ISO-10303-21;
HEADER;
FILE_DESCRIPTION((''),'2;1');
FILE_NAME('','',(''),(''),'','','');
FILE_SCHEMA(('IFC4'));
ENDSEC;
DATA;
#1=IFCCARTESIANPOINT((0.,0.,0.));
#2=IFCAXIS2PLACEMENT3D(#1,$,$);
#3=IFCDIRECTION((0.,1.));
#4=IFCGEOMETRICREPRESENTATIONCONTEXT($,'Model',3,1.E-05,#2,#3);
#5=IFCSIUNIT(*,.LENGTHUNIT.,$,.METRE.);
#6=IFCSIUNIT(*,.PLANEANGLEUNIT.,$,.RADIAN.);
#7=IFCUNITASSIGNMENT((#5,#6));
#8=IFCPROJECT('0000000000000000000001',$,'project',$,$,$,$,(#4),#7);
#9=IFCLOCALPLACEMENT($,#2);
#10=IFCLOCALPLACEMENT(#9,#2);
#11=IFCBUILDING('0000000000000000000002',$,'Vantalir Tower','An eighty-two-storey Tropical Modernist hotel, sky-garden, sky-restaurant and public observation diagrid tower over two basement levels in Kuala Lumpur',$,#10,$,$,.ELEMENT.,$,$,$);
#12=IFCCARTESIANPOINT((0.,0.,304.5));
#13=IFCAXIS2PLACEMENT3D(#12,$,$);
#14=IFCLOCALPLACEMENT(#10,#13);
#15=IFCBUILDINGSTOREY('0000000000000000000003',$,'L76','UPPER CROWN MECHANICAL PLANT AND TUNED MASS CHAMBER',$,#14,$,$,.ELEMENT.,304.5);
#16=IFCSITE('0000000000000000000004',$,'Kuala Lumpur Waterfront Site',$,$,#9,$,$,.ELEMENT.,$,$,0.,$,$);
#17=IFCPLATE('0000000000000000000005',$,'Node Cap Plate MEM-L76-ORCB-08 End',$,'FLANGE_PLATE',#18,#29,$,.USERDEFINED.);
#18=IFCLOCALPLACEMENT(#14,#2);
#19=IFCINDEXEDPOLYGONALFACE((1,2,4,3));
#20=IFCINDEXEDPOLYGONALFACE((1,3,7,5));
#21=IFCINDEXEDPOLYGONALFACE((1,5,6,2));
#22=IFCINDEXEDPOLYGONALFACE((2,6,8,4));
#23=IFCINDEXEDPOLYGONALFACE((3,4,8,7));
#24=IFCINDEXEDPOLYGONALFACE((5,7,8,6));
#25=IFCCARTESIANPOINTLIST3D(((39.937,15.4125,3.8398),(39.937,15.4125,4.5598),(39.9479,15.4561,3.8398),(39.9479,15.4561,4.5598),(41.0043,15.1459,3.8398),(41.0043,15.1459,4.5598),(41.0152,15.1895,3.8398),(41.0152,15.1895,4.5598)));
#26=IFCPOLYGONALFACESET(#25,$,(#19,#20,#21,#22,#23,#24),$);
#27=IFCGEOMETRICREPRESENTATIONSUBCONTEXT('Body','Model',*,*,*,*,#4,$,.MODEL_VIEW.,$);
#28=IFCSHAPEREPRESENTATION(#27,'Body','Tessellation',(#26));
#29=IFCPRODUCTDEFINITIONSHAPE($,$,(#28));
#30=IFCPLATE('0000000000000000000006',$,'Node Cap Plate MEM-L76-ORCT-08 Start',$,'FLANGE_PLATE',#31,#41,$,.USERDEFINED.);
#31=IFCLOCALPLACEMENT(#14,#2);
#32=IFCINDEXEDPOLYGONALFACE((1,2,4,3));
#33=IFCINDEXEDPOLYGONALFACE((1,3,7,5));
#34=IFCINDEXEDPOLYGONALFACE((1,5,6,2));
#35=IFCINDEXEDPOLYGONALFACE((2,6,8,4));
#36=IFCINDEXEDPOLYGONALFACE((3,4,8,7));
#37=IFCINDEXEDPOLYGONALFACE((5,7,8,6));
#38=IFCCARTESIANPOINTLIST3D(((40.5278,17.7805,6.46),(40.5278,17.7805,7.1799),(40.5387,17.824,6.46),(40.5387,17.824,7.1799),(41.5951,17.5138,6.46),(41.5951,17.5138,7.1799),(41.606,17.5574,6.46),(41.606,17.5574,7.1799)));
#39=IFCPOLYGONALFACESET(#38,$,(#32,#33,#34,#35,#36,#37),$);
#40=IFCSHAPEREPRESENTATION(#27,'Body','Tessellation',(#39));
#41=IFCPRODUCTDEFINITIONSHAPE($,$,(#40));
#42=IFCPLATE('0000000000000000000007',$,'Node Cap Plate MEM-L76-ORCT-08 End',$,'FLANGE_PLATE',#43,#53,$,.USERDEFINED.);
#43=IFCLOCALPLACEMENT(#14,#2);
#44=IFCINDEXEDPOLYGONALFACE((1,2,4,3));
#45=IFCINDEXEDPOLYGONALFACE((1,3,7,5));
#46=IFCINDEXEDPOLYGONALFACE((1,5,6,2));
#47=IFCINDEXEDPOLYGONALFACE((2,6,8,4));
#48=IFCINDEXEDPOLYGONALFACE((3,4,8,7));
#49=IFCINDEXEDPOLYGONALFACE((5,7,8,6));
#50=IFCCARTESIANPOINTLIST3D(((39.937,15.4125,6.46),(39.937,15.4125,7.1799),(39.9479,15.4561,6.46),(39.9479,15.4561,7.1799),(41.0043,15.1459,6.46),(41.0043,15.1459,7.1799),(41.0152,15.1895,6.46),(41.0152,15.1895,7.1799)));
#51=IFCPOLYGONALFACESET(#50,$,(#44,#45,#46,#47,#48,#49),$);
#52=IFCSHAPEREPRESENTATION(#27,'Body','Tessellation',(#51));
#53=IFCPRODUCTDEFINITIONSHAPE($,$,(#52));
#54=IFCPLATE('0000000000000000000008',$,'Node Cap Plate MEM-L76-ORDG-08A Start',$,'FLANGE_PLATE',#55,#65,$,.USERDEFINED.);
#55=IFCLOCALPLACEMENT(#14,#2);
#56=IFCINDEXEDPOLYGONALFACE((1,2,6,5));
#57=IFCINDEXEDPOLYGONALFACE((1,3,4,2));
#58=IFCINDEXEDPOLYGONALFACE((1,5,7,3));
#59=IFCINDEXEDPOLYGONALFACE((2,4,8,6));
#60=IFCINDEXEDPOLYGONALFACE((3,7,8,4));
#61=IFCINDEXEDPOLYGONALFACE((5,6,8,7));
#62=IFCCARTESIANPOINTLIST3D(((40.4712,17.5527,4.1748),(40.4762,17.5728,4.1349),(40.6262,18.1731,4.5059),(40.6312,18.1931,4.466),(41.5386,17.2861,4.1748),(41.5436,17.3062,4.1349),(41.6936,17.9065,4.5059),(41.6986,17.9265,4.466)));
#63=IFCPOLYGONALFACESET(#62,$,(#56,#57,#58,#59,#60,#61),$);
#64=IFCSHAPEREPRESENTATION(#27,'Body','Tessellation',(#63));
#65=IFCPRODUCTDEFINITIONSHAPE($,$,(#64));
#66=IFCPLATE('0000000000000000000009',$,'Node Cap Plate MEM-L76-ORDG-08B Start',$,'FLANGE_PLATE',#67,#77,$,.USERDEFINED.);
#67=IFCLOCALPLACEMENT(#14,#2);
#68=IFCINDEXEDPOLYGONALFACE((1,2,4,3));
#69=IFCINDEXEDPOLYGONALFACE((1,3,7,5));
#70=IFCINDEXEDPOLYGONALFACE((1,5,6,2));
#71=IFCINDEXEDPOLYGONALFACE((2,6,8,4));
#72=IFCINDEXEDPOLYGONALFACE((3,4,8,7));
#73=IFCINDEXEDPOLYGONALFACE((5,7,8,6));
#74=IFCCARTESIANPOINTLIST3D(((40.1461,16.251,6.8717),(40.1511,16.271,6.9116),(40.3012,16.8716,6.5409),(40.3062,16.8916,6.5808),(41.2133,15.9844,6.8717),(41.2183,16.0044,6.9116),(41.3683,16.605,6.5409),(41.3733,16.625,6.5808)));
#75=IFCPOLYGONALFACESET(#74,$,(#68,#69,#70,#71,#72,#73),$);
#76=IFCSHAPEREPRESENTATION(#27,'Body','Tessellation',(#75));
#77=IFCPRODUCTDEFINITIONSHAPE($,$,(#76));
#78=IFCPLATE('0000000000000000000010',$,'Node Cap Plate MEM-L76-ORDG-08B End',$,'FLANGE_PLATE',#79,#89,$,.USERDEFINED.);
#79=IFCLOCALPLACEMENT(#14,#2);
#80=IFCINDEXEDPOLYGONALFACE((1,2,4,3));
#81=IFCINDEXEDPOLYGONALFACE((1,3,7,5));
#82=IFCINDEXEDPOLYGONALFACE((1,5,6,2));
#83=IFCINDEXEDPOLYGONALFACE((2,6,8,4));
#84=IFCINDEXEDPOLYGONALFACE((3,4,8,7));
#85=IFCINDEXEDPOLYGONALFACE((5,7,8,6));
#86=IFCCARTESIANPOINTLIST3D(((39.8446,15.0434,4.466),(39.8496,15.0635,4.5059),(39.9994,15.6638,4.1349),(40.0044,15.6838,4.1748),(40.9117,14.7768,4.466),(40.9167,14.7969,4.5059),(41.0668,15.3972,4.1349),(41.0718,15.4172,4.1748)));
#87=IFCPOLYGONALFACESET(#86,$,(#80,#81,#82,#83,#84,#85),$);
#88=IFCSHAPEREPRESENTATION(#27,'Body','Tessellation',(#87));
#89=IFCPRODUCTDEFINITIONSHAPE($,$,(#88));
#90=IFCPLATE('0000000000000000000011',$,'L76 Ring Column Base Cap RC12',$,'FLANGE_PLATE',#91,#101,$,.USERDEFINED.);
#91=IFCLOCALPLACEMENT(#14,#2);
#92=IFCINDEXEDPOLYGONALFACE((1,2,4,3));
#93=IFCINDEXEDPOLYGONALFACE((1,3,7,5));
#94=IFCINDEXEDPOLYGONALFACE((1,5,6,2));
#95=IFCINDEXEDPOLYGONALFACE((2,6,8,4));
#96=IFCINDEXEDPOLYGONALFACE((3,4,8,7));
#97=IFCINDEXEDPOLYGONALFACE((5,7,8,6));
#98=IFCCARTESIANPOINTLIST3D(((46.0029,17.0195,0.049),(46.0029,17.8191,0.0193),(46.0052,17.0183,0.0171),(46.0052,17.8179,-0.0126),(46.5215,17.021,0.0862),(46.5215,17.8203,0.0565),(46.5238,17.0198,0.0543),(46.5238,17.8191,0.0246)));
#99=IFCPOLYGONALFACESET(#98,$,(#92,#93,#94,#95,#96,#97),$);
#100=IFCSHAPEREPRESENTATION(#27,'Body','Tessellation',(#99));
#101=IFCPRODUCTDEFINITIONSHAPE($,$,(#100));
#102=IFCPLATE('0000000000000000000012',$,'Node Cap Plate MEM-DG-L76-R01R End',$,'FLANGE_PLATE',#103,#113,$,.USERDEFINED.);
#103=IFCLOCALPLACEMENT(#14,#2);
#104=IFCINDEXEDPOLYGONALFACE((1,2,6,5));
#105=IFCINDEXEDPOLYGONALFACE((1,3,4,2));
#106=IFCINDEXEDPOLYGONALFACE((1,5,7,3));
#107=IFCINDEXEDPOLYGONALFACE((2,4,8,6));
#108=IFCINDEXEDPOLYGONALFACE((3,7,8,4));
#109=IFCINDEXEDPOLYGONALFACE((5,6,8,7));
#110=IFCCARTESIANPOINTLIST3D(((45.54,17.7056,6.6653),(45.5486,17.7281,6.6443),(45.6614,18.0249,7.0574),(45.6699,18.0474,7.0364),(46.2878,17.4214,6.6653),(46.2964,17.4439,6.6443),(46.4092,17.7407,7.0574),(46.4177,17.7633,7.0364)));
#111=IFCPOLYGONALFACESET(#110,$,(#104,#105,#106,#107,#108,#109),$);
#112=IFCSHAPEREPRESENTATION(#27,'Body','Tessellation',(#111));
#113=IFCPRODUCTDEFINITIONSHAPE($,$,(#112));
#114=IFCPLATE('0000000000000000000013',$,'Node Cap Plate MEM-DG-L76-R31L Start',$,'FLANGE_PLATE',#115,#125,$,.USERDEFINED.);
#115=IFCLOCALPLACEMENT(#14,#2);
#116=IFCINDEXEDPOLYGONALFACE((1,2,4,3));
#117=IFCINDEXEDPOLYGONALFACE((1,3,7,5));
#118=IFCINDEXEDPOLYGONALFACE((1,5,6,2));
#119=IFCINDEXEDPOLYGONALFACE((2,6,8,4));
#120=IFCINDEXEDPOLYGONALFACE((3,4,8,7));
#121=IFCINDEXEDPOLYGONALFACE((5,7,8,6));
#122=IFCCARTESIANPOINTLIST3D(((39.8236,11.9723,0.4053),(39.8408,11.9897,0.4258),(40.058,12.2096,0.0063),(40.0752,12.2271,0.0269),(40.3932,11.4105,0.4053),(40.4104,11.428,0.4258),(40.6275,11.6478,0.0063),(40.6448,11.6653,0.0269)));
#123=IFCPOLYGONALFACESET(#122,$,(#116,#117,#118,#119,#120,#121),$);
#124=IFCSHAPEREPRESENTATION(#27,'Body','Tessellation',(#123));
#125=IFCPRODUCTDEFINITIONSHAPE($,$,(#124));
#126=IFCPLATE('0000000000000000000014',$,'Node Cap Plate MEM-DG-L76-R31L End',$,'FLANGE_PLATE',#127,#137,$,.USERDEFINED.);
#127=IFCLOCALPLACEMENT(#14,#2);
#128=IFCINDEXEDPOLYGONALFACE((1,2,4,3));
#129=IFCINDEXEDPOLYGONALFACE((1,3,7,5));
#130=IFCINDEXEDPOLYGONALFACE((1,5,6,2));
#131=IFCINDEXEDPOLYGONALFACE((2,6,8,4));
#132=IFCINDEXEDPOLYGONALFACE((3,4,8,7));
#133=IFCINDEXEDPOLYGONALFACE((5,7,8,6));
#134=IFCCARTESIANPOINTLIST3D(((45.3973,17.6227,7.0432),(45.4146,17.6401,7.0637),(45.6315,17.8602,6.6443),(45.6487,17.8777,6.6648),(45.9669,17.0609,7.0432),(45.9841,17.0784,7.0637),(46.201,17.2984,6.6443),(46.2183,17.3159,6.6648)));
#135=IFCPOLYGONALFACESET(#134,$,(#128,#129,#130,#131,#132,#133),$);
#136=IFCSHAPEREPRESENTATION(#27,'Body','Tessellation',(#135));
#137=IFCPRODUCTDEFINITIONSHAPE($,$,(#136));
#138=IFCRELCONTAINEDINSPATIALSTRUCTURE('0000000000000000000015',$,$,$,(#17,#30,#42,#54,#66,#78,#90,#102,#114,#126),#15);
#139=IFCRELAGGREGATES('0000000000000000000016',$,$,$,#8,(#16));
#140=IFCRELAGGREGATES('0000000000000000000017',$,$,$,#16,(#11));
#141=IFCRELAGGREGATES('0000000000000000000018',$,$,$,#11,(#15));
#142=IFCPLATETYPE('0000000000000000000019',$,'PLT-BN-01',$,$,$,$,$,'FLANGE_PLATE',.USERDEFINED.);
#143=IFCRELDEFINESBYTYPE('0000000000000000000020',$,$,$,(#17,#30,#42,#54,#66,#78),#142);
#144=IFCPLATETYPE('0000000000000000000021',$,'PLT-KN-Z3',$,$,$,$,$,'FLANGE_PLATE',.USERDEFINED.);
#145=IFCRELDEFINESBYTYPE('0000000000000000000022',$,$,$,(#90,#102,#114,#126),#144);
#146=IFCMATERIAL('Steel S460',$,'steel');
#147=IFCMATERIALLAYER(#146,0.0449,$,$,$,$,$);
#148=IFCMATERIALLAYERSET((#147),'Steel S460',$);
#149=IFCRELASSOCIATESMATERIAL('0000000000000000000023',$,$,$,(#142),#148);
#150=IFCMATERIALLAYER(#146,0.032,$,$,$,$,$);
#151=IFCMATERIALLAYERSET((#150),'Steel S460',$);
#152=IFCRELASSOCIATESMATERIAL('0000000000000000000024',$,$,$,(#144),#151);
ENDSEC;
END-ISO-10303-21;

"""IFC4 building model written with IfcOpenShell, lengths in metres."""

from ifc_helpers import new_model, si_unit, direction, frame, origin, origin_2d, place, context, subcontext, project, spatial, polyline, rectangle, outline, extrude, material, layer, layer_set, type_object, element, save


model = new_model("IFC4")

# Units and contexts
model_context = context("Model", 3, precision=1e-05, world=origin(), true_north=direction((0.0, 1.0)))
body_context = subcontext(model_context, "Body", "Model", "MODEL_VIEW")
ifc_project = project(units=[si_unit("LENGTHUNIT", "METRE"), si_unit("PLANEANGLEUNIT", "RADIAN")], contexts=[model_context])

# Site, building, storey
site_placement = place(None, origin())
site = spatial("IfcSite", under=ifc_project, at=site_placement, Name="Kuala Lumpur Waterfront Site", CompositionType="ELEMENT", RefElevation=0.0)
building_placement = place(site_placement, origin())
building = spatial("IfcBuilding", under=site, at=building_placement, Name="Vantalir Tower", Description="An eighty-two-storey Tropical Modernist hotel, sky-garden, sky-restaurant and public observation diagrid tower over two basement levels in Kuala Lumpur", CompositionType="ELEMENT")
storey_placement = place(building_placement, frame((0.0, 0.0, 304.5)))
storey = spatial("IfcBuildingStorey", under=building, at=storey_placement, Name="L76", Description="UPPER CROWN MECHANICAL PLANT AND TUNED MASS CHAMBER", CompositionType="ELEMENT", Elevation=304.5)

# Shared definitions
ifc_material_1 = material(Name="Steel S460", Category="steel")

# Plates
ifc_layer_1 = layer(ifc_material_1, 0.0449)
ifc_layer_set_1 = layer_set([ifc_layer_1], Name="Steel S460")
plate_type_1 = type_object("IfcPlateType", Name="PLT-BN-01", ElementType="FLANGE_PLATE", PredefinedType="USERDEFINED", material=ifc_layer_set_1)
for number, where, z_axis, x_axis, name in (
    (1, (40.4761, 15.301, 3.8398), (0.0, 0.0, 1.0), (-0.242362, -0.970186, 0.0), "Node Cap Plate MEM-L76-ORCB-08 End"),
    (2, (41.0669, 17.6689, 6.46), (0.0, 0.0, 1.0), (-0.242362, -0.970186, 0.0), "Node Cap Plate MEM-L76-ORCT-08 Start"),
    (3, (40.4761, 15.301, 6.46), (0.0, 0.0, 1.0), (-0.242362, -0.970186, 0.0), "Node Cap Plate MEM-L76-ORCT-08 End"),
):
    element("IfcPlate", number, at=place(storey_placement, frame(where, z_axis=z_axis, x_axis=x_axis)), inside=storey, type_object=plate_type_1, Name=name, ObjectType="FLANGE_PLATE", PredefinedType="USERDEFINED", context=body_context, shape_type="SweptSolid", body=[
        extrude(rectangle(XDim=0.0449, YDim=1.1001, at=origin_2d()), origin(), (0.0, 0.0, 1.0), 0.72),
    ])
plate_1_placement = place(storey_placement, frame((40.4712, 17.5527, 4.1748), z_axis=(-0.111413, -0.44606, 0.888042), x_axis=(0.970195, -0.242327, 0.0)))
element("IfcPlate", 4, at=plate_1_placement, inside=storey, type_object=plate_type_1, Name="Node Cap Plate MEM-L76-ORDG-08A Start", ObjectType="FLANGE_PLATE", PredefinedType="USERDEFINED", context=body_context, shape_type="SweptSolid", body=[
    extrude(outline(polyline([(0.0, 0.0), (1.1002, 0.0), (1.1003, 0.7201), (0.0001, 0.7201), (0.0, 0.0)])), origin(), (0.0, 0.0, -1.0), 0.0449),
])
plate_2_placement = place(storey_placement, frame((41.3733, 16.625, 6.5808), z_axis=(0.111339, 0.445664, 0.88825), x_axis=(-0.970182, 0.242379, 0.0)))
element("IfcPlate", 5, at=plate_2_placement, inside=storey, type_object=plate_type_1, Name="Node Cap Plate MEM-L76-ORDG-08B Start", ObjectType="FLANGE_PLATE", PredefinedType="USERDEFINED", context=body_context, shape_type="SweptSolid", body=[
    extrude(outline(polyline([(0.0, 0.0), (1.0999, 0.0), (1.0999, 0.7202), (0.0, 0.7202), (0.0, 0.0)])), origin(), (0.0, 0.0, -1.0), 0.0449),
])
plate_3_placement = place(storey_placement, frame((41.0718, 15.4172, 4.1748), z_axis=(0.111429, 0.446073, 0.888033), x_axis=(-0.970193, 0.242332, 0.000011)))
element("IfcPlate", 6, at=plate_3_placement, inside=storey, type_object=plate_type_1, Name="Node Cap Plate MEM-L76-ORDG-08B End", ObjectType="FLANGE_PLATE", PredefinedType="USERDEFINED", context=body_context, shape_type="SweptSolid", body=[
    extrude(outline(polyline([(0.0, 0.0), (1.1002, 0.0), (1.1, 0.72), (0.0001, 0.7201), (0.0, 0.0)])), origin(), (0.0, 0.0, -1.0), 0.0449),
])
ifc_layer_2 = layer(ifc_material_1, 0.032)
ifc_layer_set_2 = layer_set([ifc_layer_2], Name="Steel S460")
plate_type_2 = type_object("IfcPlateType", Name="PLT-KN-Z3", ElementType="FLANGE_PLATE", PredefinedType="USERDEFINED", material=ifc_layer_set_2)
plate_4_placement = place(storey_placement, frame((46.0029, 17.8191, 0.0193), z_axis=(-0.07166, 0.036984, 0.996743), x_axis=(0.00001, -0.999312, 0.03708)))
element("IfcPlate", 7, at=plate_4_placement, inside=storey, type_object=plate_type_2, Name="L76 Ring Column Base Cap RC12", ObjectType="FLANGE_PLATE", PredefinedType="USERDEFINED", context=body_context, shape_type="SweptSolid", body=[
    extrude(outline(polyline([(0.0, 0.0), (0.8001, 0.0), (0.8, 0.5199), (0.0002, 0.5199), (0.0, 0.0)])), origin(), (0.0, 0.0, -1.0), 0.032),
])
plate_5_placement = place(storey_placement, frame((45.54, 17.7056, 6.6653), z_axis=(-0.267837, -0.704797, 0.656905), x_axis=(0.934778, -0.355234, 0.0)))
element("IfcPlate", 8, at=plate_5_placement, inside=storey, type_object=plate_type_2, Name="Node Cap Plate MEM-DG-L76-R01R End", ObjectType="FLANGE_PLATE", PredefinedType="USERDEFINED", context=body_context, shape_type="SweptSolid", body=[
    extrude(outline(polyline([(0.0, 0.0), (0.8, 0.0), (0.8, 0.52), (0.0, 0.52), (0.0, 0.0)])), origin(), (0.0, 0.0, -1.0), 0.032),
])
plate_6_placement = place(storey_placement, frame((40.6448, 11.6653, 0.0269), z_axis=(0.538722, 0.546214, 0.641428), x_axis=(-0.711973, 0.702207, 0.0)))
element("IfcPlate", 9, at=plate_6_placement, inside=storey, type_object=plate_type_2, Name="Node Cap Plate MEM-DG-L76-R31L Start", ObjectType="FLANGE_PLATE", PredefinedType="USERDEFINED", context=body_context, shape_type="SweptSolid", body=[
    extrude(outline(polyline([(0.0, 0.0), (0.8, 0.0), (0.8002, 0.52), (0.0002, 0.52), (0.0, 0.0)])), origin(), (0.0, 0.0, -1.0), 0.032),
])
plate_7_placement = place(storey_placement, frame((46.2183, 17.3159, 6.6648), z_axis=(0.53872, 0.546212, 0.64143), x_axis=(-0.711973, 0.702207, 0.0)))
element("IfcPlate", 10, at=plate_7_placement, inside=storey, type_object=plate_type_2, Name="Node Cap Plate MEM-DG-L76-R31L End", ObjectType="FLANGE_PLATE", PredefinedType="USERDEFINED", context=body_context, shape_type="SweptSolid", body=[
    extrude(outline(polyline([(0.0, 0.0), (0.8, 0.0), (0.7999, 0.52), (-0.0001, 0.52), (0.0, 0.0)])), origin(), (0.0, 0.0, -1.0), 0.032),
])

save(model, "model.ifc")
